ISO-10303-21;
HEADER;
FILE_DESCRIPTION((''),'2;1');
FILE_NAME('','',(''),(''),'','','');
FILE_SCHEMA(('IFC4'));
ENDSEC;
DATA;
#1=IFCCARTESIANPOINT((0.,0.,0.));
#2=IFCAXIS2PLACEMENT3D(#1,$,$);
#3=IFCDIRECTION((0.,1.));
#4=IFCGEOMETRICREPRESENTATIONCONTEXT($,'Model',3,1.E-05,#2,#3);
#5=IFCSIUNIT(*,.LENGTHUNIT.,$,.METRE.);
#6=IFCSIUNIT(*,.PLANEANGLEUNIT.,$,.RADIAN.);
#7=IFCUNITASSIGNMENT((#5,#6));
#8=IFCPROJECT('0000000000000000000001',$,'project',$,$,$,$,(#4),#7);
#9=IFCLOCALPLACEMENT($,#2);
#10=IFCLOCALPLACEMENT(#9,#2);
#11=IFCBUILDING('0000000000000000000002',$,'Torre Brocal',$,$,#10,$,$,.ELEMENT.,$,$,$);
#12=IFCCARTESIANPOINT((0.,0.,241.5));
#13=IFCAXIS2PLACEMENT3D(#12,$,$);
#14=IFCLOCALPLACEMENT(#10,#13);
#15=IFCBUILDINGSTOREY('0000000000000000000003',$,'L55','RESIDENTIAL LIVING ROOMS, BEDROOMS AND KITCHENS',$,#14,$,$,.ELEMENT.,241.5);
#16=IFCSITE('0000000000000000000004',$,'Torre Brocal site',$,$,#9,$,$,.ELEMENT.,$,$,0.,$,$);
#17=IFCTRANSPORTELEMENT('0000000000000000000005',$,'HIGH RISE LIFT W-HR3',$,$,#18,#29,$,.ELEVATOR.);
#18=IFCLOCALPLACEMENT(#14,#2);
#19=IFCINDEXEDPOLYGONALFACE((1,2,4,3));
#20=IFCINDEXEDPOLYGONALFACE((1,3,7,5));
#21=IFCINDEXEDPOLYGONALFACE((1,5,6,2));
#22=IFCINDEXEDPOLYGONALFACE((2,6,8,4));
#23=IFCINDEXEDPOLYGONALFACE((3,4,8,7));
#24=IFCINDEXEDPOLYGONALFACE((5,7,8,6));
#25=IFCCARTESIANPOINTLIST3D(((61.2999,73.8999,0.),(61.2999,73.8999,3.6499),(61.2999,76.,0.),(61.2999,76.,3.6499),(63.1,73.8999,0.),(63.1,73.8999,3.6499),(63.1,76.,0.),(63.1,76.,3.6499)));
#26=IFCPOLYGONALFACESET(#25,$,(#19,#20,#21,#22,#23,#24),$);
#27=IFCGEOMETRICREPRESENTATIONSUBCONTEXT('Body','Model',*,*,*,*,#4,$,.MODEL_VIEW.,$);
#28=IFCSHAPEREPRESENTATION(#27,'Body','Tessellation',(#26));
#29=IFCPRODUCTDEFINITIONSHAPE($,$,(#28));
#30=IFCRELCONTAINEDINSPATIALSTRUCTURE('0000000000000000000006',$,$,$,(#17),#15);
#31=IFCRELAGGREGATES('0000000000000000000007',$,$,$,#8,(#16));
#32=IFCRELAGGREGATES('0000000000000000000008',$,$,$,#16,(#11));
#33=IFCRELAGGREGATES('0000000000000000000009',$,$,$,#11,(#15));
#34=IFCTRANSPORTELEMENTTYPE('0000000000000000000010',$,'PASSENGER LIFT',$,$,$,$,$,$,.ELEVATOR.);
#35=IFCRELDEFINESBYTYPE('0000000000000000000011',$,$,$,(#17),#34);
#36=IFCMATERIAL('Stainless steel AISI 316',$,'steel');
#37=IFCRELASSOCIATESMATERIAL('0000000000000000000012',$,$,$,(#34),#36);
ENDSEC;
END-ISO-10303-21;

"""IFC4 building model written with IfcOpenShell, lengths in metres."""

from ifc_helpers import new_model, si_unit, direction, frame, origin, origin_2d, place, context, subcontext, project, spatial, rectangle, extrude, material, type_object, element, save


model = new_model("IFC4")

# Units and contexts
model_context = context("Model", 3, precision=1e-05, world=origin(), true_north=direction((0.0, 1.0)))
body_context = subcontext(model_context, "Body", "Model", "MODEL_VIEW")
ifc_project = project(units=[si_unit("LENGTHUNIT", "METRE"), si_unit("PLANEANGLEUNIT", "RADIAN")], contexts=[model_context])

# Site, building, storey
site_placement = place(None, origin())
site = spatial("IfcSite", under=ifc_project, at=site_placement, Name="Torre Brocal site", CompositionType="ELEMENT", RefElevation=0.0)
building_placement = place(site_placement, origin())
building = spatial("IfcBuilding", under=site, at=building_placement, Name="Torre Brocal", CompositionType="ELEMENT")
storey_placement = place(building_placement, frame((0.0, 0.0, 241.5)))
storey = spatial("IfcBuildingStorey", under=building, at=storey_placement, Name="L55", Description="RESIDENTIAL LIVING ROOMS, BEDROOMS AND KITCHENS", CompositionType="ELEMENT", Elevation=241.5)

# Transport element
ifc_material_1 = material(Name="Stainless steel AISI 316", Category="steel")
transport_element_type = type_object("IfcTransportElementType", Name="PASSENGER LIFT", PredefinedType="ELEVATOR", material=ifc_material_1)
transport_element_placement = place(storey_placement, frame((62.2, 74.95, 0.0), z_axis=(0.0, 0.0, 1.0), x_axis=(1.0, 0.0, 0.0)))
element("IfcTransportElement", 1, at=transport_element_placement, inside=storey, type_object=transport_element_type, Name="HIGH RISE LIFT W-HR3", PredefinedType="ELEVATOR", context=body_context, shape_type="SweptSolid", body=[
    extrude(rectangle(XDim=1.8, YDim=2.1001, at=origin_2d()), origin(), (0.0, 0.0, 1.0), 3.6499),
])

save(model, "model.ifc")
